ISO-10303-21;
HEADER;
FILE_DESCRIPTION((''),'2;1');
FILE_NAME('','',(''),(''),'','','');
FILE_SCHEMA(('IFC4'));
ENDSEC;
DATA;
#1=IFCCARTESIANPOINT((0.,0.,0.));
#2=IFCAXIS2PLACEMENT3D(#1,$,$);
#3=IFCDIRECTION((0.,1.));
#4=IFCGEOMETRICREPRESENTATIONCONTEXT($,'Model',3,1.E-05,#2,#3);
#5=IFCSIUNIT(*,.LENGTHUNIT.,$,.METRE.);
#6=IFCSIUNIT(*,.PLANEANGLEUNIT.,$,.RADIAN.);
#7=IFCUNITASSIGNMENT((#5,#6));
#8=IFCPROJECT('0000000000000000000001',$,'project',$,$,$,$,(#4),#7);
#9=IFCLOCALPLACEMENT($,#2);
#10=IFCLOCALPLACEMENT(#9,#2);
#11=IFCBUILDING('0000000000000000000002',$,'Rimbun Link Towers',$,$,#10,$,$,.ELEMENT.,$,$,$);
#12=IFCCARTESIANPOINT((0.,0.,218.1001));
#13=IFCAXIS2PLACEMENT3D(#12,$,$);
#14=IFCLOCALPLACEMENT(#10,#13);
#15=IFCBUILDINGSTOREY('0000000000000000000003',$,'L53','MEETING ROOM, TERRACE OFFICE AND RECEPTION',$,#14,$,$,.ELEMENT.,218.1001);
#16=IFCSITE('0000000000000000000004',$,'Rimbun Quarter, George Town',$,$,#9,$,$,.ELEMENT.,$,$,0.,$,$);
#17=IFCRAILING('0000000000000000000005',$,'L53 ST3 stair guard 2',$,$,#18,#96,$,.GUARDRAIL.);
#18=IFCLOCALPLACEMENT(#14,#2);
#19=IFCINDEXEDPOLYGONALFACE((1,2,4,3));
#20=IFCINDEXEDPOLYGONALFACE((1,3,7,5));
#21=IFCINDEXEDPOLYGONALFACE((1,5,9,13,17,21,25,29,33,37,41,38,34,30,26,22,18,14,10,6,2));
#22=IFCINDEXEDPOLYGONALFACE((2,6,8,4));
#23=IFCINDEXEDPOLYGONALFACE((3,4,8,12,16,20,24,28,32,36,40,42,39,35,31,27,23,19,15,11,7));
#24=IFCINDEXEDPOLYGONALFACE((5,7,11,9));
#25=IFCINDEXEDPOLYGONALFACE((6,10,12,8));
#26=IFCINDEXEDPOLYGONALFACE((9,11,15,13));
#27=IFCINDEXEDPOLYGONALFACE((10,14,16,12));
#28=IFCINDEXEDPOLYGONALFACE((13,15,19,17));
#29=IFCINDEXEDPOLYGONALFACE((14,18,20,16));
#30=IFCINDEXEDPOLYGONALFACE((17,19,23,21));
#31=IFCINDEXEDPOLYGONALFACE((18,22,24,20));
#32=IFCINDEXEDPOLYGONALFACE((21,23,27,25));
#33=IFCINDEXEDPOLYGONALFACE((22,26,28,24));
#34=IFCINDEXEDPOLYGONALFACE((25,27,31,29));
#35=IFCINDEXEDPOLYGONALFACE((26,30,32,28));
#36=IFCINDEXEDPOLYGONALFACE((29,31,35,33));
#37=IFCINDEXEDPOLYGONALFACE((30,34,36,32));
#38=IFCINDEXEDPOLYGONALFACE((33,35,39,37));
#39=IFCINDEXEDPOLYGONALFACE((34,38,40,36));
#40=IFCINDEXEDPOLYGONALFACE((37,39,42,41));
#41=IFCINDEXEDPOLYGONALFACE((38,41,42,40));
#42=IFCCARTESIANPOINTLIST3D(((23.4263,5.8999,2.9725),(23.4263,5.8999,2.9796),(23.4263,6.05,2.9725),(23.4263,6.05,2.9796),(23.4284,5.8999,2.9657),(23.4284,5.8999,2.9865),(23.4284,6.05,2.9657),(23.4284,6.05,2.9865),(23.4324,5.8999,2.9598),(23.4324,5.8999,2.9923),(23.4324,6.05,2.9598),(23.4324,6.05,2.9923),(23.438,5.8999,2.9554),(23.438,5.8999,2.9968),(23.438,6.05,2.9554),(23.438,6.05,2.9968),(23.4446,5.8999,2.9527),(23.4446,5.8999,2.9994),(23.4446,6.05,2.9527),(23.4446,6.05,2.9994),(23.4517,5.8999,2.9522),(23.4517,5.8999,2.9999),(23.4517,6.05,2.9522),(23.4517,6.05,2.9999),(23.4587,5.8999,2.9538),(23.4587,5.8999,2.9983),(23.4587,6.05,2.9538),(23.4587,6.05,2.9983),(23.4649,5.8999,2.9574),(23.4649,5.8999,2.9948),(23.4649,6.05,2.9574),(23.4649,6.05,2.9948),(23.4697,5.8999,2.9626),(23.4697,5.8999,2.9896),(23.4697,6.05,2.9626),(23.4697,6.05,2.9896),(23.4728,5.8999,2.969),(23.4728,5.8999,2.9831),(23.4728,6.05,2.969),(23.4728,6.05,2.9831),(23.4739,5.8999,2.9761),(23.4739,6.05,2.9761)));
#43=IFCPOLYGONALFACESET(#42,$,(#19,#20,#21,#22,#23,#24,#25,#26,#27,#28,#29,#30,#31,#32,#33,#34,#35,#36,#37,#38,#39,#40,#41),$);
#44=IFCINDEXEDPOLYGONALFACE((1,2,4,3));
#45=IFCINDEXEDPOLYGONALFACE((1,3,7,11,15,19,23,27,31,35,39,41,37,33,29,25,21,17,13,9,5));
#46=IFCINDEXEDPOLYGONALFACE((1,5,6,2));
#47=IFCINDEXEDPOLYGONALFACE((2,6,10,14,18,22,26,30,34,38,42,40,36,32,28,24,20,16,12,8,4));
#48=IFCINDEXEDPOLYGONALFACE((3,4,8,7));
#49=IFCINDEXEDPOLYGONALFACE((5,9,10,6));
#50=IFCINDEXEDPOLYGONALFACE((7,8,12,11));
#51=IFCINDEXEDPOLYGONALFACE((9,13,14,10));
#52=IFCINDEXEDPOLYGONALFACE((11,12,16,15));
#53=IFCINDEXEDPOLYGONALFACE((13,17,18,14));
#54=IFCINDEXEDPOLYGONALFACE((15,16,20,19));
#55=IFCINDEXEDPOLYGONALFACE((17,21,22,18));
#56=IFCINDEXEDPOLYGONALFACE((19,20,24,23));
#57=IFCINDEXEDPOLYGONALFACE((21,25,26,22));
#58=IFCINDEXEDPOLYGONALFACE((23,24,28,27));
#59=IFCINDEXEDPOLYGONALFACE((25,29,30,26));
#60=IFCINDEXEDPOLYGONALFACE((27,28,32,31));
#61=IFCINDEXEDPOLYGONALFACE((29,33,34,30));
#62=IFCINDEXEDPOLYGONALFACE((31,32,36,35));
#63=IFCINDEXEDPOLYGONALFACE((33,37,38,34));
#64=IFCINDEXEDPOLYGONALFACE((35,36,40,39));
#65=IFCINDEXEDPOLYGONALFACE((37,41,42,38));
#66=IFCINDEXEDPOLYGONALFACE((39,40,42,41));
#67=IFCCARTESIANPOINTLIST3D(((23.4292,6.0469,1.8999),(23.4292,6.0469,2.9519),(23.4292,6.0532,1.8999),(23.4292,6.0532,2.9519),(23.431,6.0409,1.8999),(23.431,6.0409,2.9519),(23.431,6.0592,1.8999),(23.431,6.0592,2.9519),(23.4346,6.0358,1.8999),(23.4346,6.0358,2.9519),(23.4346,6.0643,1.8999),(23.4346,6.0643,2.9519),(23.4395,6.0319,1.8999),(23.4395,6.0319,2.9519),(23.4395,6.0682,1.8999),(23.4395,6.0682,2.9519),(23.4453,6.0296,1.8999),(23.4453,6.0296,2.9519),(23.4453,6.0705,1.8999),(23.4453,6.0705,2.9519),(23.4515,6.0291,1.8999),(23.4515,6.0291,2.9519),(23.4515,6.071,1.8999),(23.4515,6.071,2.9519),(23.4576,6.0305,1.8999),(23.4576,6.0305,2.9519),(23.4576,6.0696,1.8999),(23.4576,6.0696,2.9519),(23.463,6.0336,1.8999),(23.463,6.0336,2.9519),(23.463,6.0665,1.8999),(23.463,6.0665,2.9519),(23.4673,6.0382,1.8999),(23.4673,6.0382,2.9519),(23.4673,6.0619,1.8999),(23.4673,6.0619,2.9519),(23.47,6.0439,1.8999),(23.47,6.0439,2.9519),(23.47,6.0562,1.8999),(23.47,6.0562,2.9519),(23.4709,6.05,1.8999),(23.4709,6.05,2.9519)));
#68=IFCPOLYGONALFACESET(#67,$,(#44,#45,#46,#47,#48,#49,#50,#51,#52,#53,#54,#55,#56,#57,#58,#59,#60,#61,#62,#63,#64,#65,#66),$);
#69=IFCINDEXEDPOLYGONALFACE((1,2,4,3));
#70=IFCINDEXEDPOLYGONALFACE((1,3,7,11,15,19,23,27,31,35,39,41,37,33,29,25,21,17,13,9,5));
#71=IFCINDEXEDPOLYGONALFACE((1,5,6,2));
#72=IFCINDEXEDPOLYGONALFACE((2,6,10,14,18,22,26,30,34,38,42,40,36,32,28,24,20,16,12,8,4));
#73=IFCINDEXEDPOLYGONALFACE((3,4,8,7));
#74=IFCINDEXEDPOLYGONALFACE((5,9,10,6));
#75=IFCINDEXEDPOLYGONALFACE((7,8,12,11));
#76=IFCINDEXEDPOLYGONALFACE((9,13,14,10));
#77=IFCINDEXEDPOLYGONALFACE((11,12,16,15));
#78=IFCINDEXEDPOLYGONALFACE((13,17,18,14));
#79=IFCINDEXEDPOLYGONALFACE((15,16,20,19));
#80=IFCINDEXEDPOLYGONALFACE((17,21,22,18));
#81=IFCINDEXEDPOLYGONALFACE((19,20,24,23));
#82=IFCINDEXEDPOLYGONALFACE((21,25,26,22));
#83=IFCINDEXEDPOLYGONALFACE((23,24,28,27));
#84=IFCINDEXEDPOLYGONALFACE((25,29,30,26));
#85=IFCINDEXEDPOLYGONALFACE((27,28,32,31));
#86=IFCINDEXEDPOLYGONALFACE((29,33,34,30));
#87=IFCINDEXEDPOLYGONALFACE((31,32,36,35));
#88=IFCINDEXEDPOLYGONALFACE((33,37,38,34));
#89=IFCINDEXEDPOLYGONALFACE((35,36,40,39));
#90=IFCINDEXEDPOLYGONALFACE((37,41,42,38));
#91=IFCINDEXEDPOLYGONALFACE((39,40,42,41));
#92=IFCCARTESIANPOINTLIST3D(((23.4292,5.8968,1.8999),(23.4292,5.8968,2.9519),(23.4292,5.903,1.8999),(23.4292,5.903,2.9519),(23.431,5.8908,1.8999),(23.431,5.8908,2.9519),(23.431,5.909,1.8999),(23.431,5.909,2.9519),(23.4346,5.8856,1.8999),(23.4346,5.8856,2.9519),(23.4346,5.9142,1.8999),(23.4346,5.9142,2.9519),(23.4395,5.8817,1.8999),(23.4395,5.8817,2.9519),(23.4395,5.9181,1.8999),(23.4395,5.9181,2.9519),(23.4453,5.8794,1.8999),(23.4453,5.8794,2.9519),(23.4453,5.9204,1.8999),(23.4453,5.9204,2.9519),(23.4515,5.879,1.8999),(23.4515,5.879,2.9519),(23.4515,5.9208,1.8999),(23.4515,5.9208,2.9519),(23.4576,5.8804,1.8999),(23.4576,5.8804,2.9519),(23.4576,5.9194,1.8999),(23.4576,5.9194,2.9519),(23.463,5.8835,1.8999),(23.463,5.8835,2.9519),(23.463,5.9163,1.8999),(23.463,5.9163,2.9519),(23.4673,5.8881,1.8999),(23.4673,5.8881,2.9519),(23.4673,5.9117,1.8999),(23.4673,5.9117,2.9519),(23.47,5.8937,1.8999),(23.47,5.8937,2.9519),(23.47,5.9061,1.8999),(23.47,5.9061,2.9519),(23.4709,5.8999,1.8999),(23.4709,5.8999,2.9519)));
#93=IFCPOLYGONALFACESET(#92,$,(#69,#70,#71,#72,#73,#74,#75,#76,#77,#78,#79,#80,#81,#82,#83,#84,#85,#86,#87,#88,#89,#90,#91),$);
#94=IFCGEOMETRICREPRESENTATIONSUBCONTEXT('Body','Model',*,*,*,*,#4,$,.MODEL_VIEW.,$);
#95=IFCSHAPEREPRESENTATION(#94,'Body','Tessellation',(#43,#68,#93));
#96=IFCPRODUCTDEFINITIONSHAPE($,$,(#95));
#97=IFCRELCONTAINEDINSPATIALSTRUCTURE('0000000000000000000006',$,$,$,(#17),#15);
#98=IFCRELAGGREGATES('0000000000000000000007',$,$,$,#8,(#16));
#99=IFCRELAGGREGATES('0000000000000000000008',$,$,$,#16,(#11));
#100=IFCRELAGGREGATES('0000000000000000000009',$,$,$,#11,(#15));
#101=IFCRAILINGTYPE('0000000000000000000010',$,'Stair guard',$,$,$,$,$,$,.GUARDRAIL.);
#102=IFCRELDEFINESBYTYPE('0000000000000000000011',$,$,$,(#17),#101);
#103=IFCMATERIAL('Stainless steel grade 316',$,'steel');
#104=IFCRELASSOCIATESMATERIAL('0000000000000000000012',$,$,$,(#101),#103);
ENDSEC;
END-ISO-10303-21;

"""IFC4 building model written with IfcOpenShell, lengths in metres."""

from ifc_helpers import new_model, si_unit, direction, frame, origin, origin_2d, place, context, subcontext, project, spatial, circle, extrude, material, type_object, element, save


model = new_model("IFC4")

# Units and contexts
model_context = context("Model", 3, precision=1e-05, world=origin(), true_north=direction((0.0, 1.0)))
body_context = subcontext(model_context, "Body", "Model", "MODEL_VIEW")
ifc_project = project(units=[si_unit("LENGTHUNIT", "METRE"), si_unit("PLANEANGLEUNIT", "RADIAN")], contexts=[model_context])

# Site, building, storey
site_placement = place(None, origin())
site = spatial("IfcSite", under=ifc_project, at=site_placement, Name="Rimbun Quarter, George Town", CompositionType="ELEMENT", RefElevation=0.0)
building_placement = place(site_placement, origin())
building = spatial("IfcBuilding", under=site, at=building_placement, Name="Rimbun Link Towers", CompositionType="ELEMENT")
storey_placement = place(building_placement, frame((0.0, 0.0, 218.1001)))
storey = spatial("IfcBuildingStorey", under=building, at=storey_placement, Name="L53", Description="MEETING ROOM, TERRACE OFFICE AND RECEPTION", CompositionType="ELEMENT", Elevation=218.1001)

# Railing
ifc_material_1 = material(Name="Stainless steel grade 316", Category="steel")
railing_type_1 = type_object("IfcRailingType", Name="Stair guard", PredefinedType="GUARDRAIL", material=ifc_material_1)
railing_1_placement = place(storey_placement, frame((23.45, 6.05, 1.8999)))
element("IfcRailing", 1, at=railing_1_placement, inside=storey, type_object=railing_type_1, Name="L53 ST3 stair guard 2", PredefinedType="GUARDRAIL", context=body_context, shape_type="SweptSolid", body=[
    extrude(circle(Radius=0.0239, at=origin_2d()), frame((0.0, 0.0, 1.0762), z_axis=(0.0, -1.0, 0.0), x_axis=(1.0, 0.0, 0.0)), (0.0, 0.0, 1.0), 0.1501),
    extrude(circle(Radius=0.021, at=origin_2d()), origin(), (0.0, 0.0, 1.0), 1.052),
    extrude(circle(Radius=0.021, at=origin_2d()), frame((0.0, -0.1501, 0.0)), (0.0, 0.0, 1.0), 1.052),
])

save(model, "model.ifc")
